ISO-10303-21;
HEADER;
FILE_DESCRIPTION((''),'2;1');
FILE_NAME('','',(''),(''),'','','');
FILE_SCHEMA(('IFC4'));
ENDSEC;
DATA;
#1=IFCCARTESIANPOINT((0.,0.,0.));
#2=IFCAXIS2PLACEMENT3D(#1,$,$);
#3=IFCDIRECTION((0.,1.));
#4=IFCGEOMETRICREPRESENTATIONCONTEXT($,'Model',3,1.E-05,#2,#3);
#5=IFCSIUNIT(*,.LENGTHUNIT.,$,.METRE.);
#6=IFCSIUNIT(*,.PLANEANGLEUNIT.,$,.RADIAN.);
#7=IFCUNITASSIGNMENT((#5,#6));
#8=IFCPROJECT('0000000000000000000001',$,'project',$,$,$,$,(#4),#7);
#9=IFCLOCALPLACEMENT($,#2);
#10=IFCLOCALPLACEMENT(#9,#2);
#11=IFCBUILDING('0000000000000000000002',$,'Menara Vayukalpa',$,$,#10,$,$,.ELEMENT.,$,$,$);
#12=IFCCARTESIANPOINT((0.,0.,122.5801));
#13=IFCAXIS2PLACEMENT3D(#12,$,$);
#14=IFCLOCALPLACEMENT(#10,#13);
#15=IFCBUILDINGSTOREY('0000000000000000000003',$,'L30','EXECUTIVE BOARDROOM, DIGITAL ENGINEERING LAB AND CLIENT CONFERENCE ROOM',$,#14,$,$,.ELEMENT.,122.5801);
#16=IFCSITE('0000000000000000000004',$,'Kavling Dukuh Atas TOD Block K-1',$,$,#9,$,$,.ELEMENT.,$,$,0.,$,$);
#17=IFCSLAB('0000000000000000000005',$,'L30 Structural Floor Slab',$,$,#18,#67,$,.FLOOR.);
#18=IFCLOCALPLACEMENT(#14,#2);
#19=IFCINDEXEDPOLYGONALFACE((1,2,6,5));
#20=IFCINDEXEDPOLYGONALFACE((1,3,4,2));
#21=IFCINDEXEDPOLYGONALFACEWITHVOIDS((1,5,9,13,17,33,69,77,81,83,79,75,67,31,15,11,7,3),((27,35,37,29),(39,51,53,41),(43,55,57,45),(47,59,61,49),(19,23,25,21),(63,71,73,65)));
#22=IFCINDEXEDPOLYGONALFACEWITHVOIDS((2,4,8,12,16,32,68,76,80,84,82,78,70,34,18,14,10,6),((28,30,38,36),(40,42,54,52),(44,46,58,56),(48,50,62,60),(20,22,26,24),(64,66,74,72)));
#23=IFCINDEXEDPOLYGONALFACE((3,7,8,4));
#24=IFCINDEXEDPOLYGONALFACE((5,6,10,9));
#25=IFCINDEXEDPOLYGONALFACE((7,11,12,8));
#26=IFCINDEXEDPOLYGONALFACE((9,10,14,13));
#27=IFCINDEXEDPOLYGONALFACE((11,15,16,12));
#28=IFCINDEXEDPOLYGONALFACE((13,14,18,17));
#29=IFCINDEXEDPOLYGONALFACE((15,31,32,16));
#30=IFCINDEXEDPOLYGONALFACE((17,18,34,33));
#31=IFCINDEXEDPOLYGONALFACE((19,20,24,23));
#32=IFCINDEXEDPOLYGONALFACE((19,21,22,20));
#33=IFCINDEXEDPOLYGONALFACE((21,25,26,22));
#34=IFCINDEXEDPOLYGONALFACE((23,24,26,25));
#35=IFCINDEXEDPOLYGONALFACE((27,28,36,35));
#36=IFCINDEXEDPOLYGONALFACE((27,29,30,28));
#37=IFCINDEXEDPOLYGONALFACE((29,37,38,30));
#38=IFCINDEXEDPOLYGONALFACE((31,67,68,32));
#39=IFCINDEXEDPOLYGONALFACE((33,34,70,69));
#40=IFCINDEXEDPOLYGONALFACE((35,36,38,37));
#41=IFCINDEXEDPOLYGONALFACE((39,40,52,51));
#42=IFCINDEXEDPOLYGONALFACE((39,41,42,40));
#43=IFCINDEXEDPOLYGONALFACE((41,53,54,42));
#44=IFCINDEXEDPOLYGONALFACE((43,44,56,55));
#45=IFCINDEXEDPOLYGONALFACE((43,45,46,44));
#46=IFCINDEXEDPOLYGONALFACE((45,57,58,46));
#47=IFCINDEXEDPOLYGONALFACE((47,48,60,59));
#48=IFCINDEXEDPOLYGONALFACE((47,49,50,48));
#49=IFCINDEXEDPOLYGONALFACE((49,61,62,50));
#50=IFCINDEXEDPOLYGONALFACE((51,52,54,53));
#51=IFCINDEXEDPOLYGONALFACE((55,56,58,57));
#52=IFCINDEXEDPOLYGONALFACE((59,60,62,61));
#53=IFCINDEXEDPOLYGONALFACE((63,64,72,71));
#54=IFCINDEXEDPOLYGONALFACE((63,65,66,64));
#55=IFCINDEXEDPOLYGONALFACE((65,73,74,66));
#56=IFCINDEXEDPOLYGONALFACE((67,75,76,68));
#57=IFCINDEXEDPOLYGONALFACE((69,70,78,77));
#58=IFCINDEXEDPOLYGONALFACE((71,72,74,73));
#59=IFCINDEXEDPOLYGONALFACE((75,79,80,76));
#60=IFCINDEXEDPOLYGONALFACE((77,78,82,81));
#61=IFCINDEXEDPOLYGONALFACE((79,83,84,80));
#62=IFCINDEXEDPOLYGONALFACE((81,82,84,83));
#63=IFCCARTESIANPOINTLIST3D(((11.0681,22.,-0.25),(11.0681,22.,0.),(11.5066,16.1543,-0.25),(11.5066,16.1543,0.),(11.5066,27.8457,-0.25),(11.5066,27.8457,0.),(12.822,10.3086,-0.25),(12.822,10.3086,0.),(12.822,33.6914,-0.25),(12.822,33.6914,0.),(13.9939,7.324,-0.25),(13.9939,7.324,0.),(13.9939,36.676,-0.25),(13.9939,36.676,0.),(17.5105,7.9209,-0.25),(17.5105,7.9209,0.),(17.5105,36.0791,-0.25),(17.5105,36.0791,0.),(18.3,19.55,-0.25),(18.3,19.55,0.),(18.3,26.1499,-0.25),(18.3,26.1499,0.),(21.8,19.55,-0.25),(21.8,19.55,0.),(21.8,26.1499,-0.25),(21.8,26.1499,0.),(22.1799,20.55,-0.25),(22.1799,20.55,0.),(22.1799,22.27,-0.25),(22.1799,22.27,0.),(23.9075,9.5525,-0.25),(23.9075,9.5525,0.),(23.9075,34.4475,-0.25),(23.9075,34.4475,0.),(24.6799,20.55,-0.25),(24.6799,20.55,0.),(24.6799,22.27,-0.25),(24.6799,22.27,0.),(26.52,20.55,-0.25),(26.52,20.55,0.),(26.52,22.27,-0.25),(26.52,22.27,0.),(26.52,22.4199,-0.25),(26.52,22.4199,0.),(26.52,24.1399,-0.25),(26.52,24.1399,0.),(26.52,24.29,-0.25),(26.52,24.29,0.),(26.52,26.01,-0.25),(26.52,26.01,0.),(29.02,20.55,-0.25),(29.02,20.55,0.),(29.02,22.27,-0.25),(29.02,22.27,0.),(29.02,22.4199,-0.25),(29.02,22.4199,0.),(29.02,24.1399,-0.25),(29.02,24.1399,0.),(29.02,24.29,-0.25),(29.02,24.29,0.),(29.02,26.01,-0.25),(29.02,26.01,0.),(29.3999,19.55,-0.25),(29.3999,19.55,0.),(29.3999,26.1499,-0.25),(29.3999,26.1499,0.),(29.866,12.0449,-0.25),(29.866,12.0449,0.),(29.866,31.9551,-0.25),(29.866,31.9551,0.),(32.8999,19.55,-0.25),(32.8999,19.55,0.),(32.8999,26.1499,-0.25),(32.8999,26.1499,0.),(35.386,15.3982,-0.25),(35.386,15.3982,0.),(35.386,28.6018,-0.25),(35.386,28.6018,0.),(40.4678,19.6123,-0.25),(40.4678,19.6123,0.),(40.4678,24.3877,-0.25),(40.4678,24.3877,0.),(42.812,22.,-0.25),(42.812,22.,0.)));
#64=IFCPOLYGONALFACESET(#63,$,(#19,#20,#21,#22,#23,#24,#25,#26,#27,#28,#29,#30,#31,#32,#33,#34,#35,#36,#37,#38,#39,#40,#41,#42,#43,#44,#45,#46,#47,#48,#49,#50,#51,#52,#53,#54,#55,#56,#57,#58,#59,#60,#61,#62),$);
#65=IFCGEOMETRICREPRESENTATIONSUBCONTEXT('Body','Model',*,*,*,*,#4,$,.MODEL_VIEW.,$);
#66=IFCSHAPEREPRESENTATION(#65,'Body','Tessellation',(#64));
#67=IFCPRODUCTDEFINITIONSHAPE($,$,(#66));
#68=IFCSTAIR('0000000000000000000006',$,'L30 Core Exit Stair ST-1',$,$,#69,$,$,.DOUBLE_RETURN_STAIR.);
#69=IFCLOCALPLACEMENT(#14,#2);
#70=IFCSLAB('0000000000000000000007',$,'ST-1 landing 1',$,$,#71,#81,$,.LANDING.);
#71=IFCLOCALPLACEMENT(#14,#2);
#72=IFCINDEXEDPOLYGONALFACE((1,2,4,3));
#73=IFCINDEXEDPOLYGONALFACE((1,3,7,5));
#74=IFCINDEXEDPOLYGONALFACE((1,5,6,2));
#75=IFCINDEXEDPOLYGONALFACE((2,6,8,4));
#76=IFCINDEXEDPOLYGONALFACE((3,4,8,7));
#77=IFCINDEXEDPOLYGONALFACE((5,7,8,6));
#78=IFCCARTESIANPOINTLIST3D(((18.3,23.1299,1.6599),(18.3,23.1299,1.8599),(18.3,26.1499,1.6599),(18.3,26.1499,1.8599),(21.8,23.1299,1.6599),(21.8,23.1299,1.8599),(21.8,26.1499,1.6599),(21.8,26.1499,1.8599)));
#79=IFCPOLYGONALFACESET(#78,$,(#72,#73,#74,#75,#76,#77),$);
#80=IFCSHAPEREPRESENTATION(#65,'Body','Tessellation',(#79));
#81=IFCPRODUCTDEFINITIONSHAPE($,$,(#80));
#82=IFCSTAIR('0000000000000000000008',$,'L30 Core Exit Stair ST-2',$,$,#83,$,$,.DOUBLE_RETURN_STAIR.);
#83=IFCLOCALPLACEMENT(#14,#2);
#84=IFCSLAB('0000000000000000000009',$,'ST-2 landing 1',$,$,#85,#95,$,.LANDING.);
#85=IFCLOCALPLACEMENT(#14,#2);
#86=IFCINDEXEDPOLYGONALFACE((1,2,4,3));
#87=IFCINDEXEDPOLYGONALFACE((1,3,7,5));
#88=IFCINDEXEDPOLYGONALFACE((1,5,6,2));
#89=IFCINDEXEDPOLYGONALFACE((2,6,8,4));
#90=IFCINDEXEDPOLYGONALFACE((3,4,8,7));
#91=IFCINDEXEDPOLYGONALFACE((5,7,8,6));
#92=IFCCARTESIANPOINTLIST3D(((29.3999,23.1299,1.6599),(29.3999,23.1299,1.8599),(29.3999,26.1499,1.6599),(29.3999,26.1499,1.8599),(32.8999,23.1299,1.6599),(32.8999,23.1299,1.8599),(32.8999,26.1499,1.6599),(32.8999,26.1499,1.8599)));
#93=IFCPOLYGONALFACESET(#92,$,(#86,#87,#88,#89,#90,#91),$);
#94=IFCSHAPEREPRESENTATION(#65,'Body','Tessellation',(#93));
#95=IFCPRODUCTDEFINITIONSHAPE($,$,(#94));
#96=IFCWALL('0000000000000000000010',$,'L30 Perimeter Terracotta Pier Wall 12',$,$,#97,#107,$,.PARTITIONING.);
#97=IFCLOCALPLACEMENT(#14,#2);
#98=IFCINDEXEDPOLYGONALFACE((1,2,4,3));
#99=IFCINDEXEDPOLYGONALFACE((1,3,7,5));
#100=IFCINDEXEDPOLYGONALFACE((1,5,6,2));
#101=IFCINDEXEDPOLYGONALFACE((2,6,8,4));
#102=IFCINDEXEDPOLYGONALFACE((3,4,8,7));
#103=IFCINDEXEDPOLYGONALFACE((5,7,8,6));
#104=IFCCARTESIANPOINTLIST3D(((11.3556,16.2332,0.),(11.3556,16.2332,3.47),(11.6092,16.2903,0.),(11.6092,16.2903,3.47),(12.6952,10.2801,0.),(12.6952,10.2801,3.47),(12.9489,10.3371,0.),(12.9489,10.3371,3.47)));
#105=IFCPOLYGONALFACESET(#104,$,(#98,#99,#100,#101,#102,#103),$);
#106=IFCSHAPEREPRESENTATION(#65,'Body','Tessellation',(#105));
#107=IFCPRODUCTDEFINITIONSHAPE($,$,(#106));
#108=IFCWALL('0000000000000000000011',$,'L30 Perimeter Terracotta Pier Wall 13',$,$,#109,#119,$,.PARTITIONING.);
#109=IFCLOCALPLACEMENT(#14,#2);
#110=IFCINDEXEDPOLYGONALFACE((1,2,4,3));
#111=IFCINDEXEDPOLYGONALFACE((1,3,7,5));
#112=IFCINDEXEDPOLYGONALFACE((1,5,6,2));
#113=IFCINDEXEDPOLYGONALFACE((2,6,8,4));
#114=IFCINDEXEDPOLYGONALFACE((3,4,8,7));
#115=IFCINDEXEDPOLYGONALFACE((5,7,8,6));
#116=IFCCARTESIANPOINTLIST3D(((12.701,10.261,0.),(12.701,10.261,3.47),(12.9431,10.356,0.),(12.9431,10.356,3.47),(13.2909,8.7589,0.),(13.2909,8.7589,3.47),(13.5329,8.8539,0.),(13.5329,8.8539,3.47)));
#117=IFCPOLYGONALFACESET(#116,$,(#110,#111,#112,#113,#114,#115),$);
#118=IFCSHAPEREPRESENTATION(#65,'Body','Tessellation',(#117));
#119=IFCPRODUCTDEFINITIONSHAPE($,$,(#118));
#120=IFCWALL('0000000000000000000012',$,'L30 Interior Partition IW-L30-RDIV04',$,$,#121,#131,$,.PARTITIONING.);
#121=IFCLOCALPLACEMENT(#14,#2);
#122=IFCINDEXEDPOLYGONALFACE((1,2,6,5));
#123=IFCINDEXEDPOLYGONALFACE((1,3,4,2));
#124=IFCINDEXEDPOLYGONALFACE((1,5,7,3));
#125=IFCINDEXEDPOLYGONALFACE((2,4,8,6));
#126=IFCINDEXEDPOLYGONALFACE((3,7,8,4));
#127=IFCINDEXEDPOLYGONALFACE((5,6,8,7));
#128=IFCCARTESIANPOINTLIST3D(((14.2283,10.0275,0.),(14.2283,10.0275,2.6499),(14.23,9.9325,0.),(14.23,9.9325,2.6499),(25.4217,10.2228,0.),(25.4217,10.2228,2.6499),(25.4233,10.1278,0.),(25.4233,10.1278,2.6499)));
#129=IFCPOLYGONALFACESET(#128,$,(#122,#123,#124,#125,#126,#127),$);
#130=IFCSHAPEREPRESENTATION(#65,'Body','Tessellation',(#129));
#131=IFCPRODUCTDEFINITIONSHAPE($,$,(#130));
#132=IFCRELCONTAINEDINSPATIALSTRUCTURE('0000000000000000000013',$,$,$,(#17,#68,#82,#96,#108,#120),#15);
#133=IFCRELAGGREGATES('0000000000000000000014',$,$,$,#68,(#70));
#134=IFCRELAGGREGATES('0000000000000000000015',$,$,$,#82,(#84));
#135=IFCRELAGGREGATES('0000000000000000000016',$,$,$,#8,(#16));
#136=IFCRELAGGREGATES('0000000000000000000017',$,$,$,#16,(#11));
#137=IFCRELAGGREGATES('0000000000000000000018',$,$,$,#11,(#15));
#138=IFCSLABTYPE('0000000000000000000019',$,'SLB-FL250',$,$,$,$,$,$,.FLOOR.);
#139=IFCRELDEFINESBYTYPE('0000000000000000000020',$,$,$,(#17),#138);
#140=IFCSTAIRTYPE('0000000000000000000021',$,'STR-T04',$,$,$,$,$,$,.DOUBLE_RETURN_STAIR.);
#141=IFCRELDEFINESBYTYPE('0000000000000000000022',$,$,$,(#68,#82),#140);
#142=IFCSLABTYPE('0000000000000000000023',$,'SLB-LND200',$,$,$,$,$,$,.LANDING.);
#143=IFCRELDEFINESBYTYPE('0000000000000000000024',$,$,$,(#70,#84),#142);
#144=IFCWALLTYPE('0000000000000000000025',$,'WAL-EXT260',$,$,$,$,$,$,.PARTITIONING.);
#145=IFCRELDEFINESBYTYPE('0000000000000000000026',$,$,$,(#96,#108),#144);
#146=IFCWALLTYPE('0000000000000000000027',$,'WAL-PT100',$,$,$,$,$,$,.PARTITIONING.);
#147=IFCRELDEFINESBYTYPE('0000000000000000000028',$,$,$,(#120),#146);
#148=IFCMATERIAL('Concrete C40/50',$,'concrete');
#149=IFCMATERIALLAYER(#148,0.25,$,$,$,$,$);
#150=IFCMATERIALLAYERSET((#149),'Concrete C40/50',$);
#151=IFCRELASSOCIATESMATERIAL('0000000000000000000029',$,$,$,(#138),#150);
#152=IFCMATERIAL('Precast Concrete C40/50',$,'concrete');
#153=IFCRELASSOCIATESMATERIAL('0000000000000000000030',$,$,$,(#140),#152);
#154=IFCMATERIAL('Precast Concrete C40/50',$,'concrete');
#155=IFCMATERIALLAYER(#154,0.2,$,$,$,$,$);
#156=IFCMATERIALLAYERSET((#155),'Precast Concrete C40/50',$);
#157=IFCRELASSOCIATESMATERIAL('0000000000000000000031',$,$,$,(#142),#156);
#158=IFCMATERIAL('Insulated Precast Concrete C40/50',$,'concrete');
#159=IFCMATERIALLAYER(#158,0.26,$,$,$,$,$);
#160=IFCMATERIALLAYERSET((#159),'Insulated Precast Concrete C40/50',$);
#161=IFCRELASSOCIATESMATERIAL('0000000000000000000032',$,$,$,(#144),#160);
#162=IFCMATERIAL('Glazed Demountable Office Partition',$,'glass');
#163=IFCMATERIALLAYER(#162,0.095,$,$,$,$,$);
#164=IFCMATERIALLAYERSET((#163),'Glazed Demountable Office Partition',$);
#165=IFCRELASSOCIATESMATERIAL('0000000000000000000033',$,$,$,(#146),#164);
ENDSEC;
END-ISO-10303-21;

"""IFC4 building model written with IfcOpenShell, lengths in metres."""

from ifc_helpers import new_model, si_unit, direction, frame, frame_2d, origin, place, context, subcontext, project, spatial, polyline, rectangle, outline, extrude, material, layer, layer_set, type_object, element, aggregate, save


model = new_model("IFC4")

# Units and contexts
model_context = context("Model", 3, precision=1e-05, world=origin(), true_north=direction((0.0, 1.0)))
body_context = subcontext(model_context, "Body", "Model", "MODEL_VIEW")
ifc_project = project(units=[si_unit("LENGTHUNIT", "METRE"), si_unit("PLANEANGLEUNIT", "RADIAN")], contexts=[model_context])

# Site, building, storey
site_placement = place(None, origin())
site = spatial("IfcSite", under=ifc_project, at=site_placement, Name="Kavling Dukuh Atas TOD Block K-1", CompositionType="ELEMENT", RefElevation=0.0)
building_placement = place(site_placement, origin())
building = spatial("IfcBuilding", under=site, at=building_placement, Name="Menara Vayukalpa", CompositionType="ELEMENT")
storey_placement = place(building_placement, frame((0.0, 0.0, 122.5801)))
storey = spatial("IfcBuildingStorey", under=building, at=storey_placement, Name="L30", Description="EXECUTIVE BOARDROOM, DIGITAL ENGINEERING LAB AND CLIENT CONFERENCE ROOM", CompositionType="ELEMENT", Elevation=122.5801)

# Slab
ifc_material_1 = material(Name="Concrete C40/50", Category="concrete")
ifc_layer_1 = layer(ifc_material_1, 0.25)
ifc_layer_set_1 = layer_set([ifc_layer_1], Name="Concrete C40/50")
slab_type_1 = type_object("IfcSlabType", Name="SLB-FL250", PredefinedType="FLOOR", material=ifc_layer_set_1)
slab_1_placement = place(storey_placement, frame((0.0, 0.0, -0.25)))
element("IfcSlab", 1, at=slab_1_placement, inside=storey, type_object=slab_type_1, Name="L30 Structural Floor Slab", PredefinedType="FLOOR", context=body_context, shape_type="SweptSolid", body=[
    extrude(outline(polyline([(40.4678, 19.6123), (42.812, 22.0), (40.4678, 24.3877), (35.386, 28.6018), (29.866, 31.9551), (23.9075, 34.4475), (17.5105, 36.0791), (13.9939, 36.676), (12.822, 33.6914), (11.5066, 27.8457), (11.0681, 22.0), (11.5066, 16.1543), (12.822, 10.3086), (13.9939, 7.324), (17.5105, 7.9209), (23.9075, 9.5525), (29.866, 12.0449), (35.386, 15.3982), (40.4678, 19.6123)]), holes=[polyline([(21.8, 19.55), (21.8, 26.1499), (18.3, 26.1499), (18.3, 19.55), (21.8, 19.55)]), polyline([(32.8999, 19.55), (32.8999, 26.1499), (29.3999, 26.1499), (29.3999, 19.55), (32.8999, 19.55)]), polyline([(22.1799, 20.55), (24.6799, 20.55), (24.6799, 22.27), (22.1799, 22.27), (22.1799, 20.55)]), polyline([(26.52, 20.55), (29.02, 20.55), (29.02, 22.27), (26.52, 22.27), (26.52, 20.55)]), polyline([(26.52, 24.29), (29.02, 24.29), (29.02, 26.01), (26.52, 26.01), (26.52, 24.29)]), polyline([(26.52, 22.4199), (29.02, 22.4199), (29.02, 24.1399), (26.52, 24.1399), (26.52, 22.4199)])]), origin(), (0.0, 0.0, 1.0), 0.25),
])

# Stairs, slabs
ifc_material_2 = material(Name="Precast Concrete C40/50", Category="concrete")
stair_type = type_object("IfcStairType", Name="STR-T04", PredefinedType="DOUBLE_RETURN_STAIR", material=ifc_material_2)
stair_1_placement = place(storey_placement, origin())
stair_1 = element("IfcStair", 2, at=stair_1_placement, inside=storey, type_object=stair_type, Name="L30 Core Exit Stair ST-1", PredefinedType="DOUBLE_RETURN_STAIR")
ifc_material_3 = material(Name="Precast Concrete C40/50", Category="concrete")
ifc_layer_2 = layer(ifc_material_3, 0.2)
ifc_layer_set_2 = layer_set([ifc_layer_2], Name="Precast Concrete C40/50")
slab_type_2 = type_object("IfcSlabType", Name="SLB-LND200", PredefinedType="LANDING", material=ifc_layer_set_2)
slab_2_placement = place(storey_placement, frame((0.0, 0.0, 1.6599)))
slab_2 = element("IfcSlab", 3, at=slab_2_placement, type_object=slab_type_2, Name="ST-1 landing 1", PredefinedType="LANDING", context=body_context, shape_type="SweptSolid", body=[
    extrude(outline(polyline([(21.8, 23.1299), (21.8, 26.1499), (18.3, 26.1499), (18.3, 23.1299), (21.8, 23.1299)])), origin(), (0.0, 0.0, 1.0), 0.2),
])
aggregate(stair_1, [slab_2])
stair_2_placement = place(storey_placement, origin())
stair_2 = element("IfcStair", 4, at=stair_2_placement, inside=storey, type_object=stair_type, Name="L30 Core Exit Stair ST-2", PredefinedType="DOUBLE_RETURN_STAIR")
slab_3_placement = place(storey_placement, frame((0.0, 0.0, 1.6599)))
slab_3 = element("IfcSlab", 5, at=slab_3_placement, type_object=slab_type_2, Name="ST-2 landing 1", PredefinedType="LANDING", context=body_context, shape_type="SweptSolid", body=[
    extrude(outline(polyline([(32.8999, 23.1299), (32.8999, 26.1499), (29.3999, 26.1499), (29.3999, 23.1299), (32.8999, 23.1299)])), origin(), (0.0, 0.0, 1.0), 0.2),
])
aggregate(stair_2, [slab_3])

# Walls
ifc_material_4 = material(Name="Insulated Precast Concrete C40/50", Category="concrete")
ifc_layer_3 = layer(ifc_material_4, 0.26)
ifc_layer_set_3 = layer_set([ifc_layer_3], Name="Insulated Precast Concrete C40/50")
wall_type_1 = type_object("IfcWallType", Name="WAL-EXT260", PredefinedType="PARTITIONING", material=ifc_layer_set_3)
wall_1_placement = place(storey_placement, frame((12.822, 10.3086, 0.0), z_axis=(0.0, 0.0, 1.0), x_axis=(-0.219535, 0.975605, 0.0)))
element("IfcWall", 6, at=wall_1_placement, inside=storey, type_object=wall_type_1, Name="L30 Perimeter Terracotta Pier Wall 12", PredefinedType="PARTITIONING", context=body_context, shape_type="SweptSolid", body=[
    extrude(rectangle(XDim=6.1021, YDim=0.26, at=frame_2d((3.051, 0.0))), origin(), (0.0, 0.0, 1.0), 3.47),
])
wall_2_placement = place(storey_placement, frame((13.4119, 8.8064, 0.0), z_axis=(0.0, 0.0, 1.0), x_axis=(-0.365489, 0.930816, 0.0)))
element("IfcWall", 7, at=wall_2_placement, inside=storey, type_object=wall_type_1, Name="L30 Perimeter Terracotta Pier Wall 13", PredefinedType="PARTITIONING", context=body_context, shape_type="SweptSolid", body=[
    extrude(rectangle(XDim=1.6138, YDim=0.26, at=frame_2d((0.8069, 0.0))), origin(), (0.0, 0.0, 1.0), 3.47),
])
ifc_material_5 = material(Name="Glazed Demountable Office Partition", Category="glass")
ifc_layer_4 = layer(ifc_material_5, 0.095)
ifc_layer_set_4 = layer_set([ifc_layer_4], Name="Glazed Demountable Office Partition")
wall_type_2 = type_object("IfcWallType", Name="WAL-PT100", PredefinedType="PARTITIONING", material=ifc_layer_set_4)
wall_3_placement = place(storey_placement, frame((14.229, 9.98, 0.0), z_axis=(0.0, 0.0, 1.0), x_axis=(0.999848, 0.017446, 0.0)))
element("IfcWall", 8, at=wall_3_placement, inside=storey, type_object=wall_type_2, Name="L30 Interior Partition IW-L30-RDIV04", PredefinedType="PARTITIONING", context=body_context, shape_type="SweptSolid", body=[
    extrude(rectangle(XDim=11.1951, YDim=0.095, at=frame_2d((5.5977, 0.0))), origin(), (0.0, 0.0, 1.0), 2.6499),
])

save(model, "model.ifc")
